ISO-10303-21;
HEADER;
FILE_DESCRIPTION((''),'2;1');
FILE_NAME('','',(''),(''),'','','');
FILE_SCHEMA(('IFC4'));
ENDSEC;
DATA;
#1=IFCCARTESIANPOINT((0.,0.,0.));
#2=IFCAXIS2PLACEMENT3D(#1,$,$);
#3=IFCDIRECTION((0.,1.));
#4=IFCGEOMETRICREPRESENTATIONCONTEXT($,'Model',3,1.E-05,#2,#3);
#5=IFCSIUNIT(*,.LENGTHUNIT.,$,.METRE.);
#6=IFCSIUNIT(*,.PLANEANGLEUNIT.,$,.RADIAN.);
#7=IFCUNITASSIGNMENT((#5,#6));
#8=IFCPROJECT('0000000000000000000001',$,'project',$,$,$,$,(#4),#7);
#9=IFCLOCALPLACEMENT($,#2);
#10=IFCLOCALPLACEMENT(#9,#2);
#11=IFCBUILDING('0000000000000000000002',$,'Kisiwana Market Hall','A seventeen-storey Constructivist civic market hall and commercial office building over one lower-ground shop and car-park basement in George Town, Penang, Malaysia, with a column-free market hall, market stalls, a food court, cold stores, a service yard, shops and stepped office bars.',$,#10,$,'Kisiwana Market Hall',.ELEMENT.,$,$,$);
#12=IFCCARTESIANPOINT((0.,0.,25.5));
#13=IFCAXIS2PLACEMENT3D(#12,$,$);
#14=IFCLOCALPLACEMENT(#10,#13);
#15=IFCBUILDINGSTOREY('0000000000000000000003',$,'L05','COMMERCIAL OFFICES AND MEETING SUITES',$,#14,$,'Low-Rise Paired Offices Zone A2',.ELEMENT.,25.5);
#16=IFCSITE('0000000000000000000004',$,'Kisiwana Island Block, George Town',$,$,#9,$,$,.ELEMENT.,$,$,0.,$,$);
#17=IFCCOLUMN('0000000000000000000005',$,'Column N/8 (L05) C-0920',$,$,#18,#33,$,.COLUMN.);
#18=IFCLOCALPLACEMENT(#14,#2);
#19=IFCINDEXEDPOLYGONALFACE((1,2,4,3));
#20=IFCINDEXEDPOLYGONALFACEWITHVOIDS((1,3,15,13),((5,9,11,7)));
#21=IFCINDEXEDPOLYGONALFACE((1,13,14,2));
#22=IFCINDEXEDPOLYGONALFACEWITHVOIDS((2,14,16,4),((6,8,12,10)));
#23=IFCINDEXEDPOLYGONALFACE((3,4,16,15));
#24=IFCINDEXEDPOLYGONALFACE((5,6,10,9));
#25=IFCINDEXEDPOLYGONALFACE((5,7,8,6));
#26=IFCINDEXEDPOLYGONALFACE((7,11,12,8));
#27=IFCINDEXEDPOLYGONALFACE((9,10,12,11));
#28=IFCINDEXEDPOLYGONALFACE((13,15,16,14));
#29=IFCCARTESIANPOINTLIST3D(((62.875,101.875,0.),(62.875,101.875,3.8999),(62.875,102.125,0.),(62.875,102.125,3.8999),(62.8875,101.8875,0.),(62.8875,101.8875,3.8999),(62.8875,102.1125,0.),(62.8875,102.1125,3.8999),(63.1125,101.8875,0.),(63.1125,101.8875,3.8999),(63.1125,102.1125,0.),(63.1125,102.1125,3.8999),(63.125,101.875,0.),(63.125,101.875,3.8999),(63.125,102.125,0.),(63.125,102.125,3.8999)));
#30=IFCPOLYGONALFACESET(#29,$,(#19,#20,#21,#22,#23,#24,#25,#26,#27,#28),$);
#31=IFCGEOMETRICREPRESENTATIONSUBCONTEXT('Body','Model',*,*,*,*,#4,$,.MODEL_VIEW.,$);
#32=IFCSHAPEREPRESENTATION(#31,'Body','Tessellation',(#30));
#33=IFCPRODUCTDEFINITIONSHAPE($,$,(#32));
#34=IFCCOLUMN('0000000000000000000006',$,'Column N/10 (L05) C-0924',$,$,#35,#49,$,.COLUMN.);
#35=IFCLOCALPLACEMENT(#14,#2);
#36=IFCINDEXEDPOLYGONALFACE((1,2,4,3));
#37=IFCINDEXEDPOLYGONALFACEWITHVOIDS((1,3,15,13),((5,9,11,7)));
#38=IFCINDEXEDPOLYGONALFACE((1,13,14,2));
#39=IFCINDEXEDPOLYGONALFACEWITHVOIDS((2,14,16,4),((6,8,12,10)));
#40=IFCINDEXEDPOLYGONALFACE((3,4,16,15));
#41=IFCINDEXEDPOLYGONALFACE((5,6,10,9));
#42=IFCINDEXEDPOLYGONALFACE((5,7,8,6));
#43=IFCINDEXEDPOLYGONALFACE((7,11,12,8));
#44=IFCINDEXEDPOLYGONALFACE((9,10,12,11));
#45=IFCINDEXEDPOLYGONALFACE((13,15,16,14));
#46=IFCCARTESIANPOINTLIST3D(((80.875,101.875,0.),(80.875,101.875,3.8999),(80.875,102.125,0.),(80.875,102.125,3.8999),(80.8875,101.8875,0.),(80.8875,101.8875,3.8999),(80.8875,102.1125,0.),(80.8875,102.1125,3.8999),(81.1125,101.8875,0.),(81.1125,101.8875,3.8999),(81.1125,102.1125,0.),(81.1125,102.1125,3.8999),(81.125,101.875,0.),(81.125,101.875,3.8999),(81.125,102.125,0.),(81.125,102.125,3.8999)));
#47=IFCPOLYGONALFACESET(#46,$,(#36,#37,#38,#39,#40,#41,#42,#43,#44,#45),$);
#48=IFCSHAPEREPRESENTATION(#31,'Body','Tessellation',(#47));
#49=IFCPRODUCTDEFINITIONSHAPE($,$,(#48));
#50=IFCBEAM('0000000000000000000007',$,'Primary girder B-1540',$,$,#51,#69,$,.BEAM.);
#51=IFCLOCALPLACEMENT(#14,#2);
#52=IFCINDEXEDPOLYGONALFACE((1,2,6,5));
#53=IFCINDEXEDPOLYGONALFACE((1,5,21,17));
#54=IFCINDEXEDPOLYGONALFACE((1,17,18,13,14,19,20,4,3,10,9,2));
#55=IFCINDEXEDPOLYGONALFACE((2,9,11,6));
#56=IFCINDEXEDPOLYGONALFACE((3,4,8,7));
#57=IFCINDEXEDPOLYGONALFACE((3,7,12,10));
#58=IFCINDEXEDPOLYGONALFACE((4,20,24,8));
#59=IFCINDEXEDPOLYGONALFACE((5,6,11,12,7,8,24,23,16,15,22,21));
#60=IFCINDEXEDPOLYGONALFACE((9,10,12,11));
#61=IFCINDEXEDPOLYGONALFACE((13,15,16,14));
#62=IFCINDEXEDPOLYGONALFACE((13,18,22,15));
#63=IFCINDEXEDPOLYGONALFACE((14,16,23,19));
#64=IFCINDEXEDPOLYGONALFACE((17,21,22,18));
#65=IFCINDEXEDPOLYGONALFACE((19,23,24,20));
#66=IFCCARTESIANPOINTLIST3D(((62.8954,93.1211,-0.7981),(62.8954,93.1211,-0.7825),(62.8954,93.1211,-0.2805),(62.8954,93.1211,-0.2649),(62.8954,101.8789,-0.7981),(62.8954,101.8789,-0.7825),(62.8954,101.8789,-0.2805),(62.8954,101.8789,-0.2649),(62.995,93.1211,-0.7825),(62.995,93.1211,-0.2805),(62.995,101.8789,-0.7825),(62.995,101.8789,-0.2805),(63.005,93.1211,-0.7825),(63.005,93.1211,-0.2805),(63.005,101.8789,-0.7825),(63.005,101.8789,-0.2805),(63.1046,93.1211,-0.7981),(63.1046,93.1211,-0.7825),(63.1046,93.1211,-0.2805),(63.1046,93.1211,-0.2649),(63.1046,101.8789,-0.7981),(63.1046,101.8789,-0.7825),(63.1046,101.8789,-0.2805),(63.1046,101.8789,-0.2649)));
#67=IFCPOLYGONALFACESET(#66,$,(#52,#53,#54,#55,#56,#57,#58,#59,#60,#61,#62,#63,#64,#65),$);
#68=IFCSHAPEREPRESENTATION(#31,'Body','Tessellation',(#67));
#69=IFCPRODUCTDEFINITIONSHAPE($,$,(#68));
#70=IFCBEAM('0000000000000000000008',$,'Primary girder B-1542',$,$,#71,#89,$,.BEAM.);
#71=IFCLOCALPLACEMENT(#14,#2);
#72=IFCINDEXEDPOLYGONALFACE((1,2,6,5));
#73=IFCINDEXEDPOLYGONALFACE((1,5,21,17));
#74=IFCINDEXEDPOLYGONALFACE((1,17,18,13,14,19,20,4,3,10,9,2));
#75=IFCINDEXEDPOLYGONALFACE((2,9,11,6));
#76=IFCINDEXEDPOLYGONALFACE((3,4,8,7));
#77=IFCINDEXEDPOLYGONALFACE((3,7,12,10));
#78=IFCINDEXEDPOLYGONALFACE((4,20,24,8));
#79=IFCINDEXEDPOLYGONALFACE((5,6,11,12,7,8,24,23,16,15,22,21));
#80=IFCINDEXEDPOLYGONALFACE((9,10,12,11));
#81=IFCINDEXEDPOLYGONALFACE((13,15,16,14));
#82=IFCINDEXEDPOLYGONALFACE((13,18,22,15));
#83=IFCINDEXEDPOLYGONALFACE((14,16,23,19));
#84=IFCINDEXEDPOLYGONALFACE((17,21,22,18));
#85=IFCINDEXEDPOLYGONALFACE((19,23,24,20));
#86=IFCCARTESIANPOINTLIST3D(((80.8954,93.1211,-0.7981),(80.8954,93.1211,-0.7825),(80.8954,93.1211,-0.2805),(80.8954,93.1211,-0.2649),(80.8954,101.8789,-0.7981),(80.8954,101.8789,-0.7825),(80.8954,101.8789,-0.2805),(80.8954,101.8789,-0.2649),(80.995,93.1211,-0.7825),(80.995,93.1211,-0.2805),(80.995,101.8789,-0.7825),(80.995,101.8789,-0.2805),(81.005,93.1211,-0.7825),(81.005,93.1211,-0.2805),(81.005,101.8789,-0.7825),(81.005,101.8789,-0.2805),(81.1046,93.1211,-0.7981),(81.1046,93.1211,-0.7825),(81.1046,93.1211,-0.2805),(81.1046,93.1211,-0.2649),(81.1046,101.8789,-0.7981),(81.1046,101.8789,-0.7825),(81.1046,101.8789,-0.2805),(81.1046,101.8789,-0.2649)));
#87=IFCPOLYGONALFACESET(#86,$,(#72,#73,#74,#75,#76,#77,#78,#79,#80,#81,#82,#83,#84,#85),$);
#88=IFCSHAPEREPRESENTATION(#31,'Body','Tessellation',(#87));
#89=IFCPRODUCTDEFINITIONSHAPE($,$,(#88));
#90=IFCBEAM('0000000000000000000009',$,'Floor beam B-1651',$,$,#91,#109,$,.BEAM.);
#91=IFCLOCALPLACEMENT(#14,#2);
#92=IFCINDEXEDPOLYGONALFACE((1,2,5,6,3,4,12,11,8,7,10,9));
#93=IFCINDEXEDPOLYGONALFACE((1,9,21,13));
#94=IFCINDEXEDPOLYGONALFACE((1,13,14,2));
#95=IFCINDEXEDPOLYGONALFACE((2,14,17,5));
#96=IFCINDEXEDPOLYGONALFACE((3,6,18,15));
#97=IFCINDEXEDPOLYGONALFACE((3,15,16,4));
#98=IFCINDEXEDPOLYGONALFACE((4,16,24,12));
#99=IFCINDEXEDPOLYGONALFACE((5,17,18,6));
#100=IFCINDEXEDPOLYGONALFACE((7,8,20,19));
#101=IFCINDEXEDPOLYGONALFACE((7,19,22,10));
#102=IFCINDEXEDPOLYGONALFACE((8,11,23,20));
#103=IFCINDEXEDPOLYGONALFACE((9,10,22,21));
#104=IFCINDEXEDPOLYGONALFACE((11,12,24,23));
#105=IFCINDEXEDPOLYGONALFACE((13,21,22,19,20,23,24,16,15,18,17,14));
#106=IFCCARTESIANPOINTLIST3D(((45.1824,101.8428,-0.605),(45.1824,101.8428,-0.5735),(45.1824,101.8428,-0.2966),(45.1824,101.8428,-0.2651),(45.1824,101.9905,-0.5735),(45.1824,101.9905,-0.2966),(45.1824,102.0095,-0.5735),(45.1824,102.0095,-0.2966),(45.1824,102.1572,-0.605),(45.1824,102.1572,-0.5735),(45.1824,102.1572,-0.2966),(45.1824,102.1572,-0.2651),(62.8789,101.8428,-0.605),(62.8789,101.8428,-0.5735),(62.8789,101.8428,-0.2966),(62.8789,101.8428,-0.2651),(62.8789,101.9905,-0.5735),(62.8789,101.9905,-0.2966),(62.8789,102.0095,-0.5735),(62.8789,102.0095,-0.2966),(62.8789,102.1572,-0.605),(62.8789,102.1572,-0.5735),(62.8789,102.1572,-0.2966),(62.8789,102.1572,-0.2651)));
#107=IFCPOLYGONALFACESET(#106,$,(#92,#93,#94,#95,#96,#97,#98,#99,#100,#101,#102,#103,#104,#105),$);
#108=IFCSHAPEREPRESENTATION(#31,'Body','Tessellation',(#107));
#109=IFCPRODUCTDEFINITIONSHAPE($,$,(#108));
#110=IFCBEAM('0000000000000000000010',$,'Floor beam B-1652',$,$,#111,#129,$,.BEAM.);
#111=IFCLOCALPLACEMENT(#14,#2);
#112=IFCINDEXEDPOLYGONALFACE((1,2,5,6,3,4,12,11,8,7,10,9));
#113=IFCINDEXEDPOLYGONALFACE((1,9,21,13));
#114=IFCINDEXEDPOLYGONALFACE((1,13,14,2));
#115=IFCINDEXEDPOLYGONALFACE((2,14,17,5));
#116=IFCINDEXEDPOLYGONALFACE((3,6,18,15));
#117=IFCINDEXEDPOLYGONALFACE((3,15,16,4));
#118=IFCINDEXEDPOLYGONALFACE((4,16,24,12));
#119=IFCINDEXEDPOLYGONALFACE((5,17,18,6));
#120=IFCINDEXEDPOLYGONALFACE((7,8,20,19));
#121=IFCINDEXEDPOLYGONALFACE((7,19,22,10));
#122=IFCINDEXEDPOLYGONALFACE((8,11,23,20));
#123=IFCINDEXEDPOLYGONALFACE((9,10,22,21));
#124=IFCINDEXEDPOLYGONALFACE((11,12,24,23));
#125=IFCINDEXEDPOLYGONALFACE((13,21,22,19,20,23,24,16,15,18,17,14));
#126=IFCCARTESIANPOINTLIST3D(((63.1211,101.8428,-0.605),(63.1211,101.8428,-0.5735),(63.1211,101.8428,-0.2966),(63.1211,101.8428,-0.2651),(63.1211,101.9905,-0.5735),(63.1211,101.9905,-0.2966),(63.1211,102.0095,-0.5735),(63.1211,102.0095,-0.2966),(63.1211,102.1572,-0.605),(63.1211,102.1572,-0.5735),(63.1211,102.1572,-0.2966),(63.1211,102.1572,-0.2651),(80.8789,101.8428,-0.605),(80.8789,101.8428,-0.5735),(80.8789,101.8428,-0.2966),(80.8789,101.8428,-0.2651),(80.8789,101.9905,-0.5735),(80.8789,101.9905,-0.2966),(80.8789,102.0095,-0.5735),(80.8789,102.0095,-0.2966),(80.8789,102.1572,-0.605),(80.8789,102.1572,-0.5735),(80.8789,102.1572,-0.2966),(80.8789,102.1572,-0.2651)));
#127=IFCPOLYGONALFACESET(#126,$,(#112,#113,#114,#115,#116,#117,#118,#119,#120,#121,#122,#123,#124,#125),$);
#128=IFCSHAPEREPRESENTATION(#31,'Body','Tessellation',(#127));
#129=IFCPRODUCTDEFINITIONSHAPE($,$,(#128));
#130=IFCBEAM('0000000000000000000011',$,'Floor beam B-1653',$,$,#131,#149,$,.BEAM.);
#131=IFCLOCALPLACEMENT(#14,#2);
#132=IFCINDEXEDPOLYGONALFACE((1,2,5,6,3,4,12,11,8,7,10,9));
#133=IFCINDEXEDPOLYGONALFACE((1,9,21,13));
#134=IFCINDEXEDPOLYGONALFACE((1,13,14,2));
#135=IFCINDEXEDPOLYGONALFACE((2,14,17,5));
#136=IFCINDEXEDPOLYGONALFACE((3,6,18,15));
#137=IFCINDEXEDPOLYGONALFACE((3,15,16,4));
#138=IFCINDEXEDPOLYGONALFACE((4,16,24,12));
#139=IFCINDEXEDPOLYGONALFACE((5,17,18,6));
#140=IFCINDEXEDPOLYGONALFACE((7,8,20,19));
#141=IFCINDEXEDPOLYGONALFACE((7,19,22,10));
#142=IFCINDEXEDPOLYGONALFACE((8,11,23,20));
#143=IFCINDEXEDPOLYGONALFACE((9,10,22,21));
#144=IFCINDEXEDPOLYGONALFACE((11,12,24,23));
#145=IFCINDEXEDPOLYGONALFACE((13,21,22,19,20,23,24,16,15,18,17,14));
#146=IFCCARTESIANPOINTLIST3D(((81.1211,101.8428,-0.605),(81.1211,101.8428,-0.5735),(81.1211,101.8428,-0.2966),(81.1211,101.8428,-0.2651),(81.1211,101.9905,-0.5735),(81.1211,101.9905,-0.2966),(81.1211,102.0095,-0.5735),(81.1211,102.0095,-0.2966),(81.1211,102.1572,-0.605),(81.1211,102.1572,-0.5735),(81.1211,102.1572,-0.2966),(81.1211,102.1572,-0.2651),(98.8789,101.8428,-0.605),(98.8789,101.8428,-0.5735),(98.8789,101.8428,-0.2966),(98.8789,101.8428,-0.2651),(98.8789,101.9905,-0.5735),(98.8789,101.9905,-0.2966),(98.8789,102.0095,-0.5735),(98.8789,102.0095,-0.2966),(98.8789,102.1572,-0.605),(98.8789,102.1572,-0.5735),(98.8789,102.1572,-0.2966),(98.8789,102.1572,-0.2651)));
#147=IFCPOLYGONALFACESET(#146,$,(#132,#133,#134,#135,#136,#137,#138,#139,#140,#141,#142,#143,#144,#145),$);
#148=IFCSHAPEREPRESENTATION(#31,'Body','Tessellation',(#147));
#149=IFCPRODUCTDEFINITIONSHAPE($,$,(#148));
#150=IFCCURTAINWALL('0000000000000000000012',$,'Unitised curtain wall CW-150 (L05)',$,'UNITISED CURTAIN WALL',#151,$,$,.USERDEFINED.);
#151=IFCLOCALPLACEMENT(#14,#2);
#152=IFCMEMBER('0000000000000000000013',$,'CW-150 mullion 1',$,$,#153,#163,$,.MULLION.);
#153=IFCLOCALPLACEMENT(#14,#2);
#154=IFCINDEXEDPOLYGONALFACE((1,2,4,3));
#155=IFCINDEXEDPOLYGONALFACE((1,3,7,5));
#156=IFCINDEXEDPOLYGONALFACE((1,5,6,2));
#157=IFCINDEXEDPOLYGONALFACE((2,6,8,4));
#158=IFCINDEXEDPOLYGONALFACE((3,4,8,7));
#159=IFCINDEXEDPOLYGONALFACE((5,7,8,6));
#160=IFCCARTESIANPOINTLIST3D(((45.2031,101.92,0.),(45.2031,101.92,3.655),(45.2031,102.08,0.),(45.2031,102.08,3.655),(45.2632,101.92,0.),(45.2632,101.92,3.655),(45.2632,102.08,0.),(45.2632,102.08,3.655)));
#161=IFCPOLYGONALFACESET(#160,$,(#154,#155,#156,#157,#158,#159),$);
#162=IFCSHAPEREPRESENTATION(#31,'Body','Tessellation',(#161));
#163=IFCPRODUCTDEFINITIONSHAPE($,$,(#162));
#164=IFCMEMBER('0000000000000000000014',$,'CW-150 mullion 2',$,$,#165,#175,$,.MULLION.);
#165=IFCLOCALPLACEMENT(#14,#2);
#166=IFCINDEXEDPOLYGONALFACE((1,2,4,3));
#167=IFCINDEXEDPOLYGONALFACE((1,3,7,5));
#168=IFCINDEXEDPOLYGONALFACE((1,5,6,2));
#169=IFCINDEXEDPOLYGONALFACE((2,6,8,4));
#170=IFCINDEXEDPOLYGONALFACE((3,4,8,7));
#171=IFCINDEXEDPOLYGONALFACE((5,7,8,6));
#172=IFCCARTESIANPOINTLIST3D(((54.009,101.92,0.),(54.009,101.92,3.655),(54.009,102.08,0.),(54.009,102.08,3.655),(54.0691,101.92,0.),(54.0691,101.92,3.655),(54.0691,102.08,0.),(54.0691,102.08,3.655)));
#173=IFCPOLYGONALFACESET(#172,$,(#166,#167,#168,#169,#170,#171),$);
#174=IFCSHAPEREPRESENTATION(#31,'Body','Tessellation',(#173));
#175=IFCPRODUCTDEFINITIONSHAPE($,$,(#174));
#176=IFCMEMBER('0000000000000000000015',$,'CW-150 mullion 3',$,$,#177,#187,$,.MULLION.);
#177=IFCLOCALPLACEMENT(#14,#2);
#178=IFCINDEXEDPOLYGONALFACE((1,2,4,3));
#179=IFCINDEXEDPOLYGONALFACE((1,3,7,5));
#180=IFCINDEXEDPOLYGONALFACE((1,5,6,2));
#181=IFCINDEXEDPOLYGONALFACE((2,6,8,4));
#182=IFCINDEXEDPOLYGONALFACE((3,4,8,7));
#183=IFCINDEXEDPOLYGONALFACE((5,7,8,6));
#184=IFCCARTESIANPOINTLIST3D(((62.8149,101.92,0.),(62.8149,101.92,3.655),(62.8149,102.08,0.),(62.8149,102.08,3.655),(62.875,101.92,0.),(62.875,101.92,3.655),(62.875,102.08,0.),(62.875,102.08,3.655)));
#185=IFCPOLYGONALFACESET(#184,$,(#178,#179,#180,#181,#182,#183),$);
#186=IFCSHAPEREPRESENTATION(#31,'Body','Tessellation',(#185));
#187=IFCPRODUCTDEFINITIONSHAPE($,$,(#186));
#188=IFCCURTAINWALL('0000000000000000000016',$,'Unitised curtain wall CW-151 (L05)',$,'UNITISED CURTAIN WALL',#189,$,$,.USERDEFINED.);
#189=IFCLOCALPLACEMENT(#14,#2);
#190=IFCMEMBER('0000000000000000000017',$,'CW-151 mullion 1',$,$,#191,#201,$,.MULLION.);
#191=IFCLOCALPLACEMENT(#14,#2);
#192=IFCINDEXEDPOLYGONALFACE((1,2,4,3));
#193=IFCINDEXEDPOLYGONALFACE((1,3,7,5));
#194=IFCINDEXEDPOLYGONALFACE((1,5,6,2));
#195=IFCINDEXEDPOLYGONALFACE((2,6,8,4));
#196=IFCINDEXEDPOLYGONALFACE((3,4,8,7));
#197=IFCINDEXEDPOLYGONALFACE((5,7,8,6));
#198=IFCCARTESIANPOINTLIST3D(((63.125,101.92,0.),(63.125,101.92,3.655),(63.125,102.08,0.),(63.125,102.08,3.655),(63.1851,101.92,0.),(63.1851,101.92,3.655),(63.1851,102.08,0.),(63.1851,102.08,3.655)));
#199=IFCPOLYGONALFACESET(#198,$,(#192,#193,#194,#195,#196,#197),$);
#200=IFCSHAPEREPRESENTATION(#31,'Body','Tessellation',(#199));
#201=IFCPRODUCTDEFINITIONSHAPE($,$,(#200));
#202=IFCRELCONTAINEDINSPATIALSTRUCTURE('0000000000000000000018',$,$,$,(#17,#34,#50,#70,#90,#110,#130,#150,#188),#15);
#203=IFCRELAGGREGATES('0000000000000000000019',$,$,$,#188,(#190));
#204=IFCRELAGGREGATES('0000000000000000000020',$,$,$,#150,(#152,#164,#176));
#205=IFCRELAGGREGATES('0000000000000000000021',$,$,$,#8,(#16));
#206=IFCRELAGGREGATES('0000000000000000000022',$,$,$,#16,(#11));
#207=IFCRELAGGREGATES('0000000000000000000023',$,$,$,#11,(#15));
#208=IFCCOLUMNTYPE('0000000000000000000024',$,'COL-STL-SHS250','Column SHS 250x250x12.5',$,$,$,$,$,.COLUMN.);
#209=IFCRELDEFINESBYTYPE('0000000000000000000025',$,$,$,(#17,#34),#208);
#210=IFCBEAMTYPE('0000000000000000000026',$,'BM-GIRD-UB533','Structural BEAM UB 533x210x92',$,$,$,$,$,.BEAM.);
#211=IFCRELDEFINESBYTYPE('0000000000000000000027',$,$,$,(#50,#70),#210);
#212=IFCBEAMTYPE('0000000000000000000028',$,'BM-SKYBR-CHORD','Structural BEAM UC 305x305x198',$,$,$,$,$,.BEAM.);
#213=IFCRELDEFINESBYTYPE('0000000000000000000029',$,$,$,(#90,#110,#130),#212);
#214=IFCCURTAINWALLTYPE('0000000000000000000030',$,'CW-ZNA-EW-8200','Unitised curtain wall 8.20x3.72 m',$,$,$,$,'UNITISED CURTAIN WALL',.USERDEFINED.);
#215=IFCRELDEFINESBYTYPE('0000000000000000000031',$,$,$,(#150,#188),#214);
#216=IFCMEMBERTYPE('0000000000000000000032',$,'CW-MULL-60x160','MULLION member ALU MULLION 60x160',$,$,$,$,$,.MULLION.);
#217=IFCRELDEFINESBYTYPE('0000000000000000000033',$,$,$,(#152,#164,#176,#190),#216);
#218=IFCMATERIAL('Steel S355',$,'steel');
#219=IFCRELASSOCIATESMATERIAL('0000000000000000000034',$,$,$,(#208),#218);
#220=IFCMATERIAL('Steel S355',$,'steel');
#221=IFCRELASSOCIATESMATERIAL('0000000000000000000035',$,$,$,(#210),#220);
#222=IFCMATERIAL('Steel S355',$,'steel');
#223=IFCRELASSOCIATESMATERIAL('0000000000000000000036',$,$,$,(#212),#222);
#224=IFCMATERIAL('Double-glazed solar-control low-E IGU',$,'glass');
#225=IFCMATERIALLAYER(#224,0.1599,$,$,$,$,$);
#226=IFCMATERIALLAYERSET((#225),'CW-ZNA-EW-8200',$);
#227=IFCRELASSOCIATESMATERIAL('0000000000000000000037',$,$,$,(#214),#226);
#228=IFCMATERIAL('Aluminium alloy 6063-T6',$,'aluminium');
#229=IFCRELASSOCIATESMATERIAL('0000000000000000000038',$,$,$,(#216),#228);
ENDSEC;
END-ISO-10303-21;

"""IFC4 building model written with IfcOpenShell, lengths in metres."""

from ifc_helpers import new_model, si_unit, direction, frame, origin, origin_2d, place, context, subcontext, project, spatial, rectangle, hollow_rectangle, i_section, extrude, material, layer, layer_set, material_profile, profile_set, type_object, element, aggregate, save


model = new_model("IFC4")

# Units and contexts
model_context = context("Model", 3, precision=1e-05, world=origin(), true_north=direction((0.0, 1.0)))
body_context = subcontext(model_context, "Body", "Model", "MODEL_VIEW")
ifc_project = project(units=[si_unit("LENGTHUNIT", "METRE"), si_unit("PLANEANGLEUNIT", "RADIAN")], contexts=[model_context])

# Site, building, storey
site_placement = place(None, origin())
site = spatial("IfcSite", under=ifc_project, at=site_placement, Name="Kisiwana Island Block, George Town", CompositionType="ELEMENT", RefElevation=0.0)
building_placement = place(site_placement, origin())
building = spatial("IfcBuilding", under=site, at=building_placement, Name="Kisiwana Market Hall", Description="A seventeen-storey Constructivist civic market hall and commercial office building over one lower-ground shop and car-park basement in George Town, Penang, Malaysia, with a column-free market hall, market stalls, a food court, cold stores, a service yard, shops and stepped office bars.", LongName="Kisiwana Market Hall", CompositionType="ELEMENT")
storey_placement = place(building_placement, frame((0.0, 0.0, 25.5)))
storey = spatial("IfcBuildingStorey", under=building, at=storey_placement, Name="L05", Description="COMMERCIAL OFFICES AND MEETING SUITES", LongName="Low-Rise Paired Offices Zone A2", CompositionType="ELEMENT", Elevation=25.5)

# Columns
ifc_material_1 = material(Name="Steel S355", Category="steel")
ifc_material_profile_1 = material_profile(ifc_material_1, hollow_rectangle(XDim=0.25, YDim=0.25, WallThickness=0.0125, at=origin_2d()), Name="SHS 250x250x12.5")
ifc_profile_set_1 = profile_set([ifc_material_profile_1], Name="Steel S355")
column_type = type_object("IfcColumnType", Name="COL-STL-SHS250", Description="Column SHS 250x250x12.5", PredefinedType="COLUMN", material=ifc_profile_set_1)
for number, where, z_axis, x_axis, name in (
    (1, (63.0, 102.0, 0.0), (0.0, 0.0, 1.0), (1.0, 0.0, 0.0), "Column N/8 (L05) C-0920"),
    (2, (81.0, 102.0, 0.0), (0.0, 0.0, 1.0), (1.0, 0.0, 0.0), "Column N/10 (L05) C-0924"),
):
    element("IfcColumn", number, at=place(storey_placement, frame(where, z_axis=z_axis, x_axis=x_axis)), inside=storey, type_object=column_type, Name=name, PredefinedType="COLUMN", context=body_context, shape_type="SweptSolid", body=[
        extrude(hollow_rectangle(XDim=0.25, YDim=0.25, WallThickness=0.0125, at=origin_2d()), origin(), (0.0, 0.0, 1.0), 3.8999),
    ])

# Beams
ifc_material_2 = material(Name="Steel S355", Category="steel")
ifc_material_profile_2 = material_profile(ifc_material_2, i_section(OverallWidth=0.2092, OverallDepth=0.5332, WebThickness=0.01, FlangeThickness=0.0156, at=origin_2d()), Name="UB 533x210x92")
ifc_profile_set_2 = profile_set([ifc_material_profile_2], Name="Steel S355")
beam_type_1 = type_object("IfcBeamType", Name="BM-GIRD-UB533", Description="Structural BEAM UB 533x210x92", PredefinedType="BEAM", material=ifc_profile_set_2)
for number, where, z_axis, x_axis, name in (
    (3, (63.0, 93.1211, -0.5315), (0.0, 1.0, 0.0), (-1.0, 0.0, 0.0), "Primary girder B-1540"),
    (4, (81.0, 93.1211, -0.5315), (0.0, 1.0, 0.0), (-1.0, 0.0, 0.0), "Primary girder B-1542"),
):
    element("IfcBeam", number, at=place(storey_placement, frame(where, z_axis=z_axis, x_axis=x_axis)), inside=storey, type_object=beam_type_1, Name=name, PredefinedType="BEAM", context=body_context, shape_type="SweptSolid", body=[
        extrude(i_section(OverallWidth=0.2092, OverallDepth=0.5332, WebThickness=0.01, FlangeThickness=0.0156, at=origin_2d()), origin(), (0.0, 0.0, 1.0), 8.7578),
    ])
ifc_material_3 = material(Name="Steel S355", Category="steel")
ifc_material_profile_3 = material_profile(ifc_material_3, i_section(OverallWidth=0.3145, OverallDepth=0.3398, WebThickness=0.019, FlangeThickness=0.0315, at=origin_2d()), Name="UC 305x305x198")
ifc_profile_set_3 = profile_set([ifc_material_profile_3], Name="Steel S355")
beam_type_2 = type_object("IfcBeamType", Name="BM-SKYBR-CHORD", Description="Structural BEAM UC 305x305x198", PredefinedType="BEAM", material=ifc_profile_set_3)
beam_placement = place(storey_placement, frame((45.1824, 102.0, -0.4351), z_axis=(1.0, 0.0, 0.0), x_axis=(0.0, 1.0, 0.0)))
element("IfcBeam", 5, at=beam_placement, inside=storey, type_object=beam_type_2, Name="Floor beam B-1651", PredefinedType="BEAM", context=body_context, shape_type="SweptSolid", body=[
    extrude(i_section(OverallWidth=0.3145, OverallDepth=0.3398, WebThickness=0.019, FlangeThickness=0.0315, at=origin_2d()), origin(), (0.0, 0.0, 1.0), 17.6965),
])
for number, where, z_axis, x_axis, name in (
    (6, (63.1211, 102.0, -0.4351), (1.0, 0.0, 0.0), (0.0, 1.0, 0.0), "Floor beam B-1652"),
    (7, (81.1211, 102.0, -0.4351), (1.0, 0.0, 0.0), (0.0, 1.0, 0.0), "Floor beam B-1653"),
):
    element("IfcBeam", number, at=place(storey_placement, frame(where, z_axis=z_axis, x_axis=x_axis)), inside=storey, type_object=beam_type_2, Name=name, PredefinedType="BEAM", context=body_context, shape_type="SweptSolid", body=[
        extrude(i_section(OverallWidth=0.3145, OverallDepth=0.3398, WebThickness=0.019, FlangeThickness=0.0315, at=origin_2d()), origin(), (0.0, 0.0, 1.0), 17.7578),
    ])

# Curtain walls, members
ifc_material_4 = material(Name="Double-glazed solar-control low-E IGU", Category="glass")
ifc_layer_1 = layer(ifc_material_4, 0.1599)
ifc_layer_set_1 = layer_set([ifc_layer_1], Name="CW-ZNA-EW-8200")
curtain_wall_type = type_object("IfcCurtainWallType", Name="CW-ZNA-EW-8200", Description="Unitised curtain wall 8.20x3.72 m", ElementType="UNITISED CURTAIN WALL", PredefinedType="USERDEFINED", material=ifc_layer_set_1)
curtain_wall_1_placement = place(storey_placement, origin())
curtain_wall_1 = element("IfcCurtainWall", 8, at=curtain_wall_1_placement, inside=storey, type_object=curtain_wall_type, Name="Unitised curtain wall CW-150 (L05)", ObjectType="UNITISED CURTAIN WALL", PredefinedType="USERDEFINED")
ifc_material_5 = material(Name="Aluminium alloy 6063-T6", Category="aluminium")
ifc_material_profile_4 = material_profile(ifc_material_5, rectangle(XDim=0.0601, YDim=0.1599, at=origin_2d()), Name="ALU MULLION 60x160")
ifc_profile_set_4 = profile_set([ifc_material_profile_4], Name="Aluminium alloy 6063-T6")
member_type_1 = type_object("IfcMemberType", Name="CW-MULL-60x160", Description="MULLION member ALU MULLION 60x160", PredefinedType="MULLION", material=ifc_profile_set_4)
member_1_placement = place(storey_placement, frame((45.2332, 102.0, 0.0), z_axis=(0.0, 0.0, 1.0), x_axis=(1.0, 0.0, 0.0)))
member_1 = element("IfcMember", 9, at=member_1_placement, type_object=member_type_1, Name="CW-150 mullion 1", PredefinedType="MULLION", context=body_context, shape_type="SweptSolid", body=[
    extrude(rectangle(XDim=0.0601, YDim=0.1599, at=origin_2d()), origin(), (0.0, 0.0, 1.0), 3.655),
])
member_2_placement = place(storey_placement, frame((54.0391, 102.0, 0.0), z_axis=(0.0, 0.0, 1.0), x_axis=(1.0, 0.0, 0.0)))
member_2 = element("IfcMember", 10, at=member_2_placement, type_object=member_type_1, Name="CW-150 mullion 2", PredefinedType="MULLION", context=body_context, shape_type="SweptSolid", body=[
    extrude(rectangle(XDim=0.0601, YDim=0.1599, at=origin_2d()), origin(), (0.0, 0.0, 1.0), 3.655),
])
member_3_placement = place(storey_placement, frame((62.845, 102.0, 0.0), z_axis=(0.0, 0.0, 1.0), x_axis=(1.0, 0.0, 0.0)))
member_3 = element("IfcMember", 11, at=member_3_placement, type_object=member_type_1, Name="CW-150 mullion 3", PredefinedType="MULLION", context=body_context, shape_type="SweptSolid", body=[
    extrude(rectangle(XDim=0.0601, YDim=0.1599, at=origin_2d()), origin(), (0.0, 0.0, 1.0), 3.655),
])
curtain_wall_2_placement = place(storey_placement, origin())
curtain_wall_2 = element("IfcCurtainWall", 12, at=curtain_wall_2_placement, inside=storey, type_object=curtain_wall_type, Name="Unitised curtain wall CW-151 (L05)", ObjectType="UNITISED CURTAIN WALL", PredefinedType="USERDEFINED")
member_4_placement = place(storey_placement, frame((63.155, 102.0, 0.0), z_axis=(0.0, 0.0, 1.0), x_axis=(1.0, 0.0, 0.0)))
member_4 = element("IfcMember", 13, at=member_4_placement, type_object=member_type_1, Name="CW-151 mullion 1", PredefinedType="MULLION", context=body_context, shape_type="SweptSolid", body=[
    extrude(rectangle(XDim=0.0601, YDim=0.1599, at=origin_2d()), origin(), (0.0, 0.0, 1.0), 3.655),
])

aggregate(curtain_wall_2, [member_4])
aggregate(curtain_wall_1, [member_1, member_2, member_3])

save(model, "model.ifc")
